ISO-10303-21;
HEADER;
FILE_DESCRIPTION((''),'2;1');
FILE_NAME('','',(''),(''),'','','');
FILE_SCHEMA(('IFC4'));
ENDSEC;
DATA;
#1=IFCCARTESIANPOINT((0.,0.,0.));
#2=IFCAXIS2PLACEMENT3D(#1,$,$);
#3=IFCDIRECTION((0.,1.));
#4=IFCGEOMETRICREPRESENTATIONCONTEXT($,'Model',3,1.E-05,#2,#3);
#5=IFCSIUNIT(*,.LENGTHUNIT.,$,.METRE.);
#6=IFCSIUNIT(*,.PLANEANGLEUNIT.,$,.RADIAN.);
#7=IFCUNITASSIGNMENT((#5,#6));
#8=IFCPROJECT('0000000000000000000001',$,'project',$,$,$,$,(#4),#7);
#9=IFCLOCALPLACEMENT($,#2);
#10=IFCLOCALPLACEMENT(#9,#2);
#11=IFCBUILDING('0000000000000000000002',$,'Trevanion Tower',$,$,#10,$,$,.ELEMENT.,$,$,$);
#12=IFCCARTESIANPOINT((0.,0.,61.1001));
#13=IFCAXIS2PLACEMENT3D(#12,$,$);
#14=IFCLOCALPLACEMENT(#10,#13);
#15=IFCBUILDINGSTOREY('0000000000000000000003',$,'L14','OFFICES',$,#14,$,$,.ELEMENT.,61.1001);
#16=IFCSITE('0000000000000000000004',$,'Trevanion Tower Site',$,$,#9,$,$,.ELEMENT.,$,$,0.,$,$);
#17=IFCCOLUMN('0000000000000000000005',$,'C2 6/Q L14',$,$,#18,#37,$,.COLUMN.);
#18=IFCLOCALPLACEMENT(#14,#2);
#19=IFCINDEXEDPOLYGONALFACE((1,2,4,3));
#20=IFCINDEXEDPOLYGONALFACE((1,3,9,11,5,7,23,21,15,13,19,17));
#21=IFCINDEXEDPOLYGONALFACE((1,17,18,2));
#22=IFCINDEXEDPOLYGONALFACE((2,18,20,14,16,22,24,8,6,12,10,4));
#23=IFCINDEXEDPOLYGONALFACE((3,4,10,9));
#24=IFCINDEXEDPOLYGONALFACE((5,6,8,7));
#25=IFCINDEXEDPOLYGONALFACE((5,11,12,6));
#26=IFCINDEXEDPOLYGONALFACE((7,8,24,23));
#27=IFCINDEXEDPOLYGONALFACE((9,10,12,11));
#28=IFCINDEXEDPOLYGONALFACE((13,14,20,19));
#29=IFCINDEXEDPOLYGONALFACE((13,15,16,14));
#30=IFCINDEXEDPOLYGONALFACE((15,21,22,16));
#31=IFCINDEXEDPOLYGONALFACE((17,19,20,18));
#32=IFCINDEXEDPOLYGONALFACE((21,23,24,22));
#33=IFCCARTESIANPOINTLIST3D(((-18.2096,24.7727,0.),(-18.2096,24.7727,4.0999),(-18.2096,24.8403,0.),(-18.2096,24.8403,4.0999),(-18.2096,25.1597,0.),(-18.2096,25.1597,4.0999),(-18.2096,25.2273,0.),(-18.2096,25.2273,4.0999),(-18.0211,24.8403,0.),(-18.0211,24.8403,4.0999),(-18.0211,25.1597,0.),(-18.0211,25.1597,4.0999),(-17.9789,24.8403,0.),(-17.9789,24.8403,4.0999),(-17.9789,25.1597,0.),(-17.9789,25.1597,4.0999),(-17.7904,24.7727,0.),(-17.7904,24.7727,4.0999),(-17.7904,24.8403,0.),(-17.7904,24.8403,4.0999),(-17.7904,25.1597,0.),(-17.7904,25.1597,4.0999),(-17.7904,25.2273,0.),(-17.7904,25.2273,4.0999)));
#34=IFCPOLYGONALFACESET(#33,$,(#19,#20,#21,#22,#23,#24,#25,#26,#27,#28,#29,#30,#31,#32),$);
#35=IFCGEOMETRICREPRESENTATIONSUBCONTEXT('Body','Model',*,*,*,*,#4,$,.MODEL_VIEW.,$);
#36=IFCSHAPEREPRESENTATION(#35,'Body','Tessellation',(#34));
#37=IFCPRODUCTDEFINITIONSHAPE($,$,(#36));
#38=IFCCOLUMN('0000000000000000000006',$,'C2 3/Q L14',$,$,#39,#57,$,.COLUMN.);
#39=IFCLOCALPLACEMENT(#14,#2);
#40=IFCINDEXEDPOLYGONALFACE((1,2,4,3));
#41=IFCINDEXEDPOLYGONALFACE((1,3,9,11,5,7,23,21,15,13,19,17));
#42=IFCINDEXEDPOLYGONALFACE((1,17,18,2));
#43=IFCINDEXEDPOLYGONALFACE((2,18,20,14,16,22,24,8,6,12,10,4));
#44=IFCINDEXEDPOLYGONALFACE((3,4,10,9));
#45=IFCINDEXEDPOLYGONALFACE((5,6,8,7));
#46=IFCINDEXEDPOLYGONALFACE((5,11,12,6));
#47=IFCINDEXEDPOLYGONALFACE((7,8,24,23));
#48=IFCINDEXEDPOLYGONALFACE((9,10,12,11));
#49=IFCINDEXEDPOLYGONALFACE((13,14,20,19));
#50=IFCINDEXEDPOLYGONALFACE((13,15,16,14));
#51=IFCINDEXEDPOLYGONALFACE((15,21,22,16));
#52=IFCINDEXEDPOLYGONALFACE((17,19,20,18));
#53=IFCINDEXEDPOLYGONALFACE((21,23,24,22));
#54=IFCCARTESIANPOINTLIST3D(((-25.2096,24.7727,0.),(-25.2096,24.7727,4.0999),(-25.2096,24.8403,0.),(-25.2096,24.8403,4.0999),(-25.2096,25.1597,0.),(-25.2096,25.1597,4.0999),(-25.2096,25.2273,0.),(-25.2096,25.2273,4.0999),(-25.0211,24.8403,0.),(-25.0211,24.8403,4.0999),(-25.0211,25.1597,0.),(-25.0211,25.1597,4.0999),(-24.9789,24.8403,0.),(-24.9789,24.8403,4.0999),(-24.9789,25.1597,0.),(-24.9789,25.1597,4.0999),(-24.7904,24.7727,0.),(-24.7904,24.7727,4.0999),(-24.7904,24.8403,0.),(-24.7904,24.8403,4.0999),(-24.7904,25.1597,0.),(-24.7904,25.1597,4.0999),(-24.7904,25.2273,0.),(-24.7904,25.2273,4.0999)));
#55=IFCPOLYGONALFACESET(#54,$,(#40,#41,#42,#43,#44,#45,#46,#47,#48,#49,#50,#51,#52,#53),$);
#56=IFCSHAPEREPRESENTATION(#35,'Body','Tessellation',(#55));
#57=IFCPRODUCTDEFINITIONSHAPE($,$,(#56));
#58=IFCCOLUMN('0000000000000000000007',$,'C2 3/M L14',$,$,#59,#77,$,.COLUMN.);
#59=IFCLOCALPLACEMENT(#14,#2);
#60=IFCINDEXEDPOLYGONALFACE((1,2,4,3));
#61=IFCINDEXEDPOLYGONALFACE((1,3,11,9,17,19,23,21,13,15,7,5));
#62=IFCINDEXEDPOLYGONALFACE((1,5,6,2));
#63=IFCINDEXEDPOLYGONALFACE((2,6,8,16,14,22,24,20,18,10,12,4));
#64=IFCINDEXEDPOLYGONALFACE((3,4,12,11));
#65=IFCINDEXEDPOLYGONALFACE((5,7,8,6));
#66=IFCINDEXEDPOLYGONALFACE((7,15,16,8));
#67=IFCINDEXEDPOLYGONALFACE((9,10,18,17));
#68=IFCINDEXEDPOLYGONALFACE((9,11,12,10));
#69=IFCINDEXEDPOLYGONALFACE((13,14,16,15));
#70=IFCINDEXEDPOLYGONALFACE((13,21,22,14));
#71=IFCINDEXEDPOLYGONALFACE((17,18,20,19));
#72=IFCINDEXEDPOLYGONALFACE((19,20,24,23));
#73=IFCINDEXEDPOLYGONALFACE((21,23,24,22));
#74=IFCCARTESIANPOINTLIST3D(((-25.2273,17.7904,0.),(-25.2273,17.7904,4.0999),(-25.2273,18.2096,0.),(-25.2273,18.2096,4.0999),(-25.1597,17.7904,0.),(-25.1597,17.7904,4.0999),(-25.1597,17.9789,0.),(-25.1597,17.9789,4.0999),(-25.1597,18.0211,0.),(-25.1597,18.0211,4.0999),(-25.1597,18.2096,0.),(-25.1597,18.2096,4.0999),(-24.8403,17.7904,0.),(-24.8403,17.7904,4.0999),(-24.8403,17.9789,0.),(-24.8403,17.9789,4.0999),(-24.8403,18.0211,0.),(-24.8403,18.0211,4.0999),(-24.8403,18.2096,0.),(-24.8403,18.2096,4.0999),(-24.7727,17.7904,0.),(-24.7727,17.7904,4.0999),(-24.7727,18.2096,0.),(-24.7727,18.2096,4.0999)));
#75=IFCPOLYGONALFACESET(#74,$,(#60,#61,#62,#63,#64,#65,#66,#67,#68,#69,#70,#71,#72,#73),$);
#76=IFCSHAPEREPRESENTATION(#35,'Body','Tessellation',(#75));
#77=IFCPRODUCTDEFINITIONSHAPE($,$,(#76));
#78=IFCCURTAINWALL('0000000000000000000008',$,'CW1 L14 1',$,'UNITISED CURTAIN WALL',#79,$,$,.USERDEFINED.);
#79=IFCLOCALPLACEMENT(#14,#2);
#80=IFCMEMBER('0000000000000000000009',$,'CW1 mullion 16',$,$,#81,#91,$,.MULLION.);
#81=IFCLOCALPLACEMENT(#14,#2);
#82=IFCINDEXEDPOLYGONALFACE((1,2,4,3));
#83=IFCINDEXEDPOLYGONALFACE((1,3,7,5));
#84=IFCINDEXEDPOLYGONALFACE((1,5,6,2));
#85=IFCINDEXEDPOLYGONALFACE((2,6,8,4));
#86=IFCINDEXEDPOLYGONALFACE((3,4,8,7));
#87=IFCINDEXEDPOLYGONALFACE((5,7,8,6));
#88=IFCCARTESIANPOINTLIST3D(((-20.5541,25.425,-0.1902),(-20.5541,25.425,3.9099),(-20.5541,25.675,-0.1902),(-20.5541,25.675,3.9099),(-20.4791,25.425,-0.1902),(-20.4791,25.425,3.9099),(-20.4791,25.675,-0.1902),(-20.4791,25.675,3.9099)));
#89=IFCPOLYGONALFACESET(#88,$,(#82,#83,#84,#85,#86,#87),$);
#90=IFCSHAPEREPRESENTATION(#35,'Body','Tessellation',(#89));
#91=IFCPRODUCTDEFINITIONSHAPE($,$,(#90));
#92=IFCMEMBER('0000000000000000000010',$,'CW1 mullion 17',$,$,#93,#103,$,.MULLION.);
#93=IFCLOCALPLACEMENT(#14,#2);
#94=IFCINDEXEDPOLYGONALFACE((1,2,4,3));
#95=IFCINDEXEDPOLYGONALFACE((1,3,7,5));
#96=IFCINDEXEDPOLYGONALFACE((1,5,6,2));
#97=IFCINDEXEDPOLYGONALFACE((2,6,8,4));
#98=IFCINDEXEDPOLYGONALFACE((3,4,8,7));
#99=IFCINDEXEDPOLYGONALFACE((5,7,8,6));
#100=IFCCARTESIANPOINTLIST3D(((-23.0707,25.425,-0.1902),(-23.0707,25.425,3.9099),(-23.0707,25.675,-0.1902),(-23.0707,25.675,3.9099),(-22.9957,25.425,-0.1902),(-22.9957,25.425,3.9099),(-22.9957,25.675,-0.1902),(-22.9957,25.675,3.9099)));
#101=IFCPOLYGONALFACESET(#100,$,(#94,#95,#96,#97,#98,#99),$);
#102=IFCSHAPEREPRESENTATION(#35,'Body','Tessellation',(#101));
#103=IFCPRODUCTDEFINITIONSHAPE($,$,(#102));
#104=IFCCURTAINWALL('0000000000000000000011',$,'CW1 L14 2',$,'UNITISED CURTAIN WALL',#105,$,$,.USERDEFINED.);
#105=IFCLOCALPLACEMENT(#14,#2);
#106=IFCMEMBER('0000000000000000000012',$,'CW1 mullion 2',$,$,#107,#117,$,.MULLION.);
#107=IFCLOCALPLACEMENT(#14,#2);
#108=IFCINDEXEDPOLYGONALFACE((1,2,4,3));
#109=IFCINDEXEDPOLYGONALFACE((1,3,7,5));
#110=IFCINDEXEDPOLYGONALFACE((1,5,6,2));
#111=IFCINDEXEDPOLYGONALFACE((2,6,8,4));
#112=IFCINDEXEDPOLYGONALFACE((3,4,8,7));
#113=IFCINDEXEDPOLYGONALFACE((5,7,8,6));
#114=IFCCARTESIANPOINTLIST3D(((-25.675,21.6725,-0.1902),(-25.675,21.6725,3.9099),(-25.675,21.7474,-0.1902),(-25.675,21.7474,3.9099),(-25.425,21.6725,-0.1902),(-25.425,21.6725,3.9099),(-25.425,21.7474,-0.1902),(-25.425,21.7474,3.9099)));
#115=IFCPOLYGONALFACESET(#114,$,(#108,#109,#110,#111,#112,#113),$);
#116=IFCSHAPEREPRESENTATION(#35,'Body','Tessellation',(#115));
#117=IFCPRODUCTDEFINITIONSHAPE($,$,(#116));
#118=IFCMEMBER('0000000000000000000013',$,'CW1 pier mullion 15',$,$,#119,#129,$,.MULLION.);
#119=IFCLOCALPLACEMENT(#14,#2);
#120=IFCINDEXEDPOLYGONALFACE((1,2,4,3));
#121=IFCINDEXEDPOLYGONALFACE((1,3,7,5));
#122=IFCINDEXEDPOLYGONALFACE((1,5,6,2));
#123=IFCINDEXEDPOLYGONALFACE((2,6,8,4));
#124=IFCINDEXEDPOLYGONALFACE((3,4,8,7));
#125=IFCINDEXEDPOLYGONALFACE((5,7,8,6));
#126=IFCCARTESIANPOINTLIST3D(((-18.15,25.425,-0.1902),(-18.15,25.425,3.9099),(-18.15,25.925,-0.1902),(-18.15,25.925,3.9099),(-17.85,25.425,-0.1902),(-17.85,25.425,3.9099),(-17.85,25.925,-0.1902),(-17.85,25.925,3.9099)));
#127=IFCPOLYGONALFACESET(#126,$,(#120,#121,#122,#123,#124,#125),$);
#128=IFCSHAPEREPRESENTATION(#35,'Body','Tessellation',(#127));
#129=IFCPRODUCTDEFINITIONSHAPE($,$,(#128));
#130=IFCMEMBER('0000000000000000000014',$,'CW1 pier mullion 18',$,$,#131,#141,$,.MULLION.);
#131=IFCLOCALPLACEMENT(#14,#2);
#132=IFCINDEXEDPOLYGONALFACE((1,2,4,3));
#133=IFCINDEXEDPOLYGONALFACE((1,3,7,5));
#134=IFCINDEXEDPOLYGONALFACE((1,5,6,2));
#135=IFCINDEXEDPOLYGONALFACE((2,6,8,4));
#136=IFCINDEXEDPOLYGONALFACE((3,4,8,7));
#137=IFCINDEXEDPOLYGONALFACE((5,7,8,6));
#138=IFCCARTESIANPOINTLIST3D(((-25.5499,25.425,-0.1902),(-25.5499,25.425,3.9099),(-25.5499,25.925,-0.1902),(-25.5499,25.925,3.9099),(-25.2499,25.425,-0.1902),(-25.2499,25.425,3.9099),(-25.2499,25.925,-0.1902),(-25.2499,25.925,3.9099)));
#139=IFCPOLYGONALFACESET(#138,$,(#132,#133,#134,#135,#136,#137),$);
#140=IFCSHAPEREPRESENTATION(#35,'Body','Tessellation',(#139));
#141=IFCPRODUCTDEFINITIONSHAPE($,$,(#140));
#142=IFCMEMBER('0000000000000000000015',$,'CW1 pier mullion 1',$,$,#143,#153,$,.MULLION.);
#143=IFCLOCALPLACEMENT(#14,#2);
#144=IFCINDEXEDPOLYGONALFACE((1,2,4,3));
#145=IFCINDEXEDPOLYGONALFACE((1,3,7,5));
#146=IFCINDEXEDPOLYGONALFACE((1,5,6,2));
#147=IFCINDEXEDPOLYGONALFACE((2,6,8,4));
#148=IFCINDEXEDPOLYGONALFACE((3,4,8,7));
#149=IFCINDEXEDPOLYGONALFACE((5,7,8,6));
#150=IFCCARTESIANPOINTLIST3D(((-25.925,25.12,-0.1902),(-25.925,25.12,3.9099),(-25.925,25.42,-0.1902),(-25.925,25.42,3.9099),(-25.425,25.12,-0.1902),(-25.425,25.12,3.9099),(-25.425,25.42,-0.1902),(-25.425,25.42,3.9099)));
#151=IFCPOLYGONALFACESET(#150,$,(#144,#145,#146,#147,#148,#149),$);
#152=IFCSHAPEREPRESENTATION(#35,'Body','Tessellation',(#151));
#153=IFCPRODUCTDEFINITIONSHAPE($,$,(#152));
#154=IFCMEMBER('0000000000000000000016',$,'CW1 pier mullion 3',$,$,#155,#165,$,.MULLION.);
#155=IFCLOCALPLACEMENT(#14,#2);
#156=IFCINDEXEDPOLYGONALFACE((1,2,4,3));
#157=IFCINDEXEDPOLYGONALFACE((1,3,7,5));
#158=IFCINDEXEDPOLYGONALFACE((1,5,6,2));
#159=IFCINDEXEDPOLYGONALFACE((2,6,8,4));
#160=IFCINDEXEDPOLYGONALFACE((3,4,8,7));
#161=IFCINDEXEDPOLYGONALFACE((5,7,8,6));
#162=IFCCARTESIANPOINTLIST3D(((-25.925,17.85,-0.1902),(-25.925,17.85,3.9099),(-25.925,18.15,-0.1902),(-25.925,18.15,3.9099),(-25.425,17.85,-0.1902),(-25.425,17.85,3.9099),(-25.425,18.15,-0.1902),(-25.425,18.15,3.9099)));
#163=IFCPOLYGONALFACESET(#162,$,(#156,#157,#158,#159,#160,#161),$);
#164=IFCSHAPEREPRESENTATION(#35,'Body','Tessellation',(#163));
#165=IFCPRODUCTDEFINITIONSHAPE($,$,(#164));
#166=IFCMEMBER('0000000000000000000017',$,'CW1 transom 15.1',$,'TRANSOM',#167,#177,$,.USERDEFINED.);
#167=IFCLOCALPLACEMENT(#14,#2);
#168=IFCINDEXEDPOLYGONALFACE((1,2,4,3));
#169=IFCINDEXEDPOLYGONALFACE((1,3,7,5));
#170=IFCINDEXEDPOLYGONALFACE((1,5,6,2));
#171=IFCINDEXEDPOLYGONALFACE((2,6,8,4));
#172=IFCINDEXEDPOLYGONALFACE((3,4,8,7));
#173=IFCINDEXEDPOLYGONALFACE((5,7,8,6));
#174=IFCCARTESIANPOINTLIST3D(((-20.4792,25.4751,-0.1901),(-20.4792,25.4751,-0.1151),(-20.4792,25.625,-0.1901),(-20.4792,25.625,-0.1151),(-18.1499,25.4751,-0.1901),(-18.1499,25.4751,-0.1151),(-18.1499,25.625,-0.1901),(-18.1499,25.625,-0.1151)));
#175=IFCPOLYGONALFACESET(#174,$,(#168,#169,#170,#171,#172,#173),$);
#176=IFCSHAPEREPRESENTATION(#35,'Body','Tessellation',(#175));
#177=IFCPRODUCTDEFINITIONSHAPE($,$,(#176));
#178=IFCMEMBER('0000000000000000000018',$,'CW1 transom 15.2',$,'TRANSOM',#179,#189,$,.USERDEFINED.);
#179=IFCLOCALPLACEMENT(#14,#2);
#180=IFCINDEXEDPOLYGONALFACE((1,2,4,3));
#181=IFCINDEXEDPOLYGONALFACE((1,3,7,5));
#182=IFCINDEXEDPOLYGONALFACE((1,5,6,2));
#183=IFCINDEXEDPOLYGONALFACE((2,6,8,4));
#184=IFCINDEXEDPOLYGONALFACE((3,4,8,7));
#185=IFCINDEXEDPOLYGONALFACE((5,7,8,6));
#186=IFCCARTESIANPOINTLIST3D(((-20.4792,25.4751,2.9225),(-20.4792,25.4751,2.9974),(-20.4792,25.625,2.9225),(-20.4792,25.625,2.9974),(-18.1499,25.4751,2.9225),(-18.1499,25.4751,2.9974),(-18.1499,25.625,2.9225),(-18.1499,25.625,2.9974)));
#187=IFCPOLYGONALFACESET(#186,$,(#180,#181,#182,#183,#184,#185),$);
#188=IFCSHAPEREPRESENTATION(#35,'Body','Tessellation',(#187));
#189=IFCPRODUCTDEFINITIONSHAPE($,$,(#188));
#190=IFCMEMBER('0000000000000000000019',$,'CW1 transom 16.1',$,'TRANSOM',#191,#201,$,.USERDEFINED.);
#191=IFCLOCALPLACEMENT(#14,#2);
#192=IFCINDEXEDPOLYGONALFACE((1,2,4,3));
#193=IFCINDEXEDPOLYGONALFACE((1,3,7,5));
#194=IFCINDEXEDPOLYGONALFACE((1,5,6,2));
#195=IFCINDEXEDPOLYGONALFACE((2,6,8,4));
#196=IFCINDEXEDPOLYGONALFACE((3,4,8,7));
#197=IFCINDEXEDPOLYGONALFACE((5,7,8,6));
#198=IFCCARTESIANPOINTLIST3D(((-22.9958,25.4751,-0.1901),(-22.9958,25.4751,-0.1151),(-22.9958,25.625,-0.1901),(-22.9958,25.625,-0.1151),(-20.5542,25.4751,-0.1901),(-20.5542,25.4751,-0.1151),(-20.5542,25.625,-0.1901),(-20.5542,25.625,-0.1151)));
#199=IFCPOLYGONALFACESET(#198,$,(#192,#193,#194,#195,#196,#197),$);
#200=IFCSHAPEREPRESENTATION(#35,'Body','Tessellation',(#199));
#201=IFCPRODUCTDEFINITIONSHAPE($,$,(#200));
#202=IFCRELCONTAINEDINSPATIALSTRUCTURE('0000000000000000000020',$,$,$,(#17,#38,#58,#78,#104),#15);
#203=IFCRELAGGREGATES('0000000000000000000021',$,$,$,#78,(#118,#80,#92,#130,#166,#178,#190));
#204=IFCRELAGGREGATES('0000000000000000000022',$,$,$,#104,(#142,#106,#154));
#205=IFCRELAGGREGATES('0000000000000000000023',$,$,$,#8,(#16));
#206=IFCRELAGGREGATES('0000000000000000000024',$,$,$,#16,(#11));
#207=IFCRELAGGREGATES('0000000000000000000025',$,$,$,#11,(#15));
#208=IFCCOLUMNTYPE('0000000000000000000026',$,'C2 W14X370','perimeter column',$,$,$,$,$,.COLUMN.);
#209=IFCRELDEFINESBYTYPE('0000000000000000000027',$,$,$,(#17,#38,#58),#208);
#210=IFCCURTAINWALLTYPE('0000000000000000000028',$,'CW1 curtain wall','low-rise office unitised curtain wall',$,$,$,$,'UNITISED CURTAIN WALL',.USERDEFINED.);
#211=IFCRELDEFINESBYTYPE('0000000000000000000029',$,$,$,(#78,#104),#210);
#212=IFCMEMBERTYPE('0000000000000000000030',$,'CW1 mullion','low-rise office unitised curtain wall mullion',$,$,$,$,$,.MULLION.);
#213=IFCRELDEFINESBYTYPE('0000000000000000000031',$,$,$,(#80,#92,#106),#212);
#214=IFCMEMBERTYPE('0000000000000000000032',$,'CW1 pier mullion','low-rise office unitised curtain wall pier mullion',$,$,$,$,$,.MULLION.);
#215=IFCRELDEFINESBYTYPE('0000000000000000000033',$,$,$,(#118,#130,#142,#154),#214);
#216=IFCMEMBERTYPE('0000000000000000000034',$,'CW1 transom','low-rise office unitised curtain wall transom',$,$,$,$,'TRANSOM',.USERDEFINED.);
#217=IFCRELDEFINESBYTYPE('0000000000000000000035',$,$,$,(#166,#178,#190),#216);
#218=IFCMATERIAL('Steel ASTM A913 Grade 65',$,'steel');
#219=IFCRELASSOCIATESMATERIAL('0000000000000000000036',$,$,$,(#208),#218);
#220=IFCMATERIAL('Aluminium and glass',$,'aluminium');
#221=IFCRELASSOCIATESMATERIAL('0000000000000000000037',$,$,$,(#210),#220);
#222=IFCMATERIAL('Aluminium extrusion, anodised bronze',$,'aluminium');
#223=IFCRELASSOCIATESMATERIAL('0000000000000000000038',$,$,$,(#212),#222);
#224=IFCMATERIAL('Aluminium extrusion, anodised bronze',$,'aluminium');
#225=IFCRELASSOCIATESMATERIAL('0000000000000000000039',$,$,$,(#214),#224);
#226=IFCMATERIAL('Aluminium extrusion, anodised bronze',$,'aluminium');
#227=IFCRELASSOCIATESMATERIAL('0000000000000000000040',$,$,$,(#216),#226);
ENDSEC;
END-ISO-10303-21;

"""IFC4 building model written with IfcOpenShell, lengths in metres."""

from ifc_helpers import new_model, si_unit, direction, frame, origin, origin_2d, place, context, subcontext, project, spatial, rectangle, i_section, extrude, material, material_profile, profile_set, type_object, element, aggregate, save


model = new_model("IFC4")

# Units and contexts
model_context = context("Model", 3, precision=1e-05, world=origin(), true_north=direction((0.0, 1.0)))
body_context = subcontext(model_context, "Body", "Model", "MODEL_VIEW")
ifc_project = project(units=[si_unit("LENGTHUNIT", "METRE"), si_unit("PLANEANGLEUNIT", "RADIAN")], contexts=[model_context])

# Site, building, storey
site_placement = place(None, origin())
site = spatial("IfcSite", under=ifc_project, at=site_placement, Name="Trevanion Tower Site", CompositionType="ELEMENT", RefElevation=0.0)
building_placement = place(site_placement, origin())
building = spatial("IfcBuilding", under=site, at=building_placement, Name="Trevanion Tower", CompositionType="ELEMENT")
storey_placement = place(building_placement, frame((0.0, 0.0, 61.1001)))
storey = spatial("IfcBuildingStorey", under=building, at=storey_placement, Name="L14", Description="OFFICES", CompositionType="ELEMENT", Elevation=61.1001)

# Columns
ifc_material_1 = material(Name="Steel ASTM A913 Grade 65", Category="steel")
ifc_material_profile_1 = material_profile(ifc_material_1, i_section(OverallWidth=0.4192, OverallDepth=0.4546, WebThickness=0.0422, FlangeThickness=0.0676, at=origin_2d()), Name="W14X370")
ifc_profile_set_1 = profile_set([ifc_material_profile_1], Name="Steel ASTM A913 Grade 65")
column_type = type_object("IfcColumnType", Name="C2 W14X370", Description="perimeter column", PredefinedType="COLUMN", material=ifc_profile_set_1)
for number, where, z_axis, x_axis, name in (
    (1, (-18.0, 25.0, 0.0), (0.0, 0.0, 1.0), (1.0, 0.0, 0.0), "C2 6/Q L14"),
    (2, (-25.0, 25.0, 0.0), (0.0, 0.0, 1.0), (1.0, 0.0, 0.0), "C2 3/Q L14"),
    (3, (-25.0, 18.0, 0.0), (0.0, 0.0, 1.0), (0.0, 1.0, 0.0), "C2 3/M L14"),
):
    element("IfcColumn", number, at=place(storey_placement, frame(where, z_axis=z_axis, x_axis=x_axis)), inside=storey, type_object=column_type, Name=name, PredefinedType="COLUMN", context=body_context, shape_type="SweptSolid", body=[
        extrude(i_section(OverallWidth=0.4192, OverallDepth=0.4546, WebThickness=0.0422, FlangeThickness=0.0676, at=origin_2d()), origin(), (0.0, 0.0, 1.0), 4.0999),
    ])

# Curtain wall, members
ifc_material_2 = material(Name="Aluminium and glass", Category="aluminium")
curtain_wall_type = type_object("IfcCurtainWallType", Name="CW1 curtain wall", Description="low-rise office unitised curtain wall", ElementType="UNITISED CURTAIN WALL", PredefinedType="USERDEFINED", material=ifc_material_2)
curtain_wall_1_placement = place(storey_placement, origin())
curtain_wall_1 = element("IfcCurtainWall", 4, at=curtain_wall_1_placement, inside=storey, type_object=curtain_wall_type, Name="CW1 L14 1", ObjectType="UNITISED CURTAIN WALL", PredefinedType="USERDEFINED")
ifc_material_3 = material(Name="Aluminium extrusion, anodised bronze", Category="aluminium")
ifc_material_profile_2 = material_profile(ifc_material_3, rectangle(XDim=0.075, YDim=0.25, at=origin_2d()), Name="CW1 mullion")
ifc_profile_set_2 = profile_set([ifc_material_profile_2], Name="Aluminium extrusion, anodised bronze")
member_type_1 = type_object("IfcMemberType", Name="CW1 mullion", Description="low-rise office unitised curtain wall mullion", PredefinedType="MULLION", material=ifc_profile_set_2)
member_1_placement = place(storey_placement, frame((-20.5166, 25.55, -0.1902), z_axis=(0.0, 0.0, 1.0), x_axis=(-1.0, 0.0, 0.0)))
member_1 = element("IfcMember", 5, at=member_1_placement, type_object=member_type_1, Name="CW1 mullion 16", PredefinedType="MULLION", context=body_context, shape_type="SweptSolid", body=[
    extrude(rectangle(XDim=0.075, YDim=0.25, at=origin_2d()), origin(), (0.0, 0.0, 1.0), 4.1001),
])
member_2_placement = place(storey_placement, frame((-23.0332, 25.55, -0.1902), z_axis=(0.0, 0.0, 1.0), x_axis=(-1.0, 0.0, 0.0)))
member_2 = element("IfcMember", 6, at=member_2_placement, type_object=member_type_1, Name="CW1 mullion 17", PredefinedType="MULLION", context=body_context, shape_type="SweptSolid", body=[
    extrude(rectangle(XDim=0.075, YDim=0.25, at=origin_2d()), origin(), (0.0, 0.0, 1.0), 4.1001),
])

# Curtain wall, member
curtain_wall_2_placement = place(storey_placement, origin())
curtain_wall_2 = element("IfcCurtainWall", 7, at=curtain_wall_2_placement, inside=storey, type_object=curtain_wall_type, Name="CW1 L14 2", ObjectType="UNITISED CURTAIN WALL", PredefinedType="USERDEFINED")
member_3_placement = place(storey_placement, frame((-25.55, 21.71, -0.1902), z_axis=(0.0, 0.0, 1.0), x_axis=(0.0, -1.0, 0.0)))
member_3 = element("IfcMember", 8, at=member_3_placement, type_object=member_type_1, Name="CW1 mullion 2", PredefinedType="MULLION", context=body_context, shape_type="SweptSolid", body=[
    extrude(rectangle(XDim=0.075, YDim=0.25, at=origin_2d()), origin(), (0.0, 0.0, 1.0), 4.1001),
])

# Members
ifc_material_4 = material(Name="Aluminium extrusion, anodised bronze", Category="aluminium")
ifc_material_profile_3 = material_profile(ifc_material_4, rectangle(XDim=0.3, YDim=0.5, at=origin_2d()), Name="CW1 pier mullion")
ifc_profile_set_3 = profile_set([ifc_material_profile_3], Name="Aluminium extrusion, anodised bronze")
member_type_2 = type_object("IfcMemberType", Name="CW1 pier mullion", Description="low-rise office unitised curtain wall pier mullion", PredefinedType="MULLION", material=ifc_profile_set_3)
member_4_placement = place(storey_placement, frame((-18.0, 25.675, -0.1902), z_axis=(0.0, 0.0, 1.0), x_axis=(-1.0, 0.0, 0.0)))
member_4 = element("IfcMember", 9, at=member_4_placement, type_object=member_type_2, Name="CW1 pier mullion 15", PredefinedType="MULLION", context=body_context, shape_type="SweptSolid", body=[
    extrude(rectangle(XDim=0.3, YDim=0.5, at=origin_2d()), origin(), (0.0, 0.0, 1.0), 4.1001),
])
member_5_placement = place(storey_placement, frame((-25.3999, 25.675, -0.1902), z_axis=(0.0, 0.0, 1.0), x_axis=(-1.0, 0.0, 0.0)))
member_5 = element("IfcMember", 10, at=member_5_placement, type_object=member_type_2, Name="CW1 pier mullion 18", PredefinedType="MULLION", context=body_context, shape_type="SweptSolid", body=[
    extrude(rectangle(XDim=0.3, YDim=0.5, at=origin_2d()), origin(), (0.0, 0.0, 1.0), 4.1001),
])
member_6_placement = place(storey_placement, frame((-25.675, 25.27, -0.1902), z_axis=(0.0, 0.0, 1.0), x_axis=(0.0, -1.0, 0.0)))
member_6 = element("IfcMember", 11, at=member_6_placement, type_object=member_type_2, Name="CW1 pier mullion 1", PredefinedType="MULLION", context=body_context, shape_type="SweptSolid", body=[
    extrude(rectangle(XDim=0.3, YDim=0.5, at=origin_2d()), origin(), (0.0, 0.0, 1.0), 4.1001),
])
member_7_placement = place(storey_placement, frame((-25.675, 18.0, -0.1902), z_axis=(0.0, 0.0, 1.0), x_axis=(0.0, -1.0, 0.0)))
member_7 = element("IfcMember", 12, at=member_7_placement, type_object=member_type_2, Name="CW1 pier mullion 3", PredefinedType="MULLION", context=body_context, shape_type="SweptSolid", body=[
    extrude(rectangle(XDim=0.3, YDim=0.5, at=origin_2d()), origin(), (0.0, 0.0, 1.0), 4.1001),
])
ifc_material_5 = material(Name="Aluminium extrusion, anodised bronze", Category="aluminium")
ifc_material_profile_4 = material_profile(ifc_material_5, rectangle(XDim=0.1499, YDim=0.075, at=origin_2d()), Name="CW1 transom")
ifc_profile_set_4 = profile_set([ifc_material_profile_4], Name="Aluminium extrusion, anodised bronze")
member_type_3 = type_object("IfcMemberType", Name="CW1 transom", Description="low-rise office unitised curtain wall transom", ElementType="TRANSOM", PredefinedType="USERDEFINED", material=ifc_profile_set_4)
member_8_placement = place(storey_placement, frame((-18.1499, 25.55, -0.1526), z_axis=(-1.0, 0.0, 0.0), x_axis=(0.0, -1.0, 0.0)))
member_8 = element("IfcMember", 13, at=member_8_placement, type_object=member_type_3, Name="CW1 transom 15.1", ObjectType="TRANSOM", PredefinedType="USERDEFINED", context=body_context, shape_type="SweptSolid", body=[
    extrude(rectangle(XDim=0.1499, YDim=0.075, at=origin_2d()), origin(), (0.0, 0.0, 1.0), 2.3293),
])
member_9_placement = place(storey_placement, frame((-18.1499, 25.55, 2.96), z_axis=(-1.0, 0.0, 0.0), x_axis=(0.0, -1.0, 0.0)))
member_9 = element("IfcMember", 14, at=member_9_placement, type_object=member_type_3, Name="CW1 transom 15.2", ObjectType="TRANSOM", PredefinedType="USERDEFINED", context=body_context, shape_type="SweptSolid", body=[
    extrude(rectangle(XDim=0.1499, YDim=0.075, at=origin_2d()), origin(), (0.0, 0.0, 1.0), 2.3293),
])
member_10_placement = place(storey_placement, frame((-20.5542, 25.55, -0.1526), z_axis=(-1.0, 0.0, 0.0), x_axis=(0.0, -1.0, 0.0)))
member_10 = element("IfcMember", 15, at=member_10_placement, type_object=member_type_3, Name="CW1 transom 16.1", ObjectType="TRANSOM", PredefinedType="USERDEFINED", context=body_context, shape_type="SweptSolid", body=[
    extrude(rectangle(XDim=0.1499, YDim=0.075, at=origin_2d()), origin(), (0.0, 0.0, 1.0), 2.4417),
])

aggregate(curtain_wall_1, [member_4, member_1, member_2, member_5, member_8, member_9, member_10])
aggregate(curtain_wall_2, [member_6, member_3, member_7])

save(model, "model.ifc")
